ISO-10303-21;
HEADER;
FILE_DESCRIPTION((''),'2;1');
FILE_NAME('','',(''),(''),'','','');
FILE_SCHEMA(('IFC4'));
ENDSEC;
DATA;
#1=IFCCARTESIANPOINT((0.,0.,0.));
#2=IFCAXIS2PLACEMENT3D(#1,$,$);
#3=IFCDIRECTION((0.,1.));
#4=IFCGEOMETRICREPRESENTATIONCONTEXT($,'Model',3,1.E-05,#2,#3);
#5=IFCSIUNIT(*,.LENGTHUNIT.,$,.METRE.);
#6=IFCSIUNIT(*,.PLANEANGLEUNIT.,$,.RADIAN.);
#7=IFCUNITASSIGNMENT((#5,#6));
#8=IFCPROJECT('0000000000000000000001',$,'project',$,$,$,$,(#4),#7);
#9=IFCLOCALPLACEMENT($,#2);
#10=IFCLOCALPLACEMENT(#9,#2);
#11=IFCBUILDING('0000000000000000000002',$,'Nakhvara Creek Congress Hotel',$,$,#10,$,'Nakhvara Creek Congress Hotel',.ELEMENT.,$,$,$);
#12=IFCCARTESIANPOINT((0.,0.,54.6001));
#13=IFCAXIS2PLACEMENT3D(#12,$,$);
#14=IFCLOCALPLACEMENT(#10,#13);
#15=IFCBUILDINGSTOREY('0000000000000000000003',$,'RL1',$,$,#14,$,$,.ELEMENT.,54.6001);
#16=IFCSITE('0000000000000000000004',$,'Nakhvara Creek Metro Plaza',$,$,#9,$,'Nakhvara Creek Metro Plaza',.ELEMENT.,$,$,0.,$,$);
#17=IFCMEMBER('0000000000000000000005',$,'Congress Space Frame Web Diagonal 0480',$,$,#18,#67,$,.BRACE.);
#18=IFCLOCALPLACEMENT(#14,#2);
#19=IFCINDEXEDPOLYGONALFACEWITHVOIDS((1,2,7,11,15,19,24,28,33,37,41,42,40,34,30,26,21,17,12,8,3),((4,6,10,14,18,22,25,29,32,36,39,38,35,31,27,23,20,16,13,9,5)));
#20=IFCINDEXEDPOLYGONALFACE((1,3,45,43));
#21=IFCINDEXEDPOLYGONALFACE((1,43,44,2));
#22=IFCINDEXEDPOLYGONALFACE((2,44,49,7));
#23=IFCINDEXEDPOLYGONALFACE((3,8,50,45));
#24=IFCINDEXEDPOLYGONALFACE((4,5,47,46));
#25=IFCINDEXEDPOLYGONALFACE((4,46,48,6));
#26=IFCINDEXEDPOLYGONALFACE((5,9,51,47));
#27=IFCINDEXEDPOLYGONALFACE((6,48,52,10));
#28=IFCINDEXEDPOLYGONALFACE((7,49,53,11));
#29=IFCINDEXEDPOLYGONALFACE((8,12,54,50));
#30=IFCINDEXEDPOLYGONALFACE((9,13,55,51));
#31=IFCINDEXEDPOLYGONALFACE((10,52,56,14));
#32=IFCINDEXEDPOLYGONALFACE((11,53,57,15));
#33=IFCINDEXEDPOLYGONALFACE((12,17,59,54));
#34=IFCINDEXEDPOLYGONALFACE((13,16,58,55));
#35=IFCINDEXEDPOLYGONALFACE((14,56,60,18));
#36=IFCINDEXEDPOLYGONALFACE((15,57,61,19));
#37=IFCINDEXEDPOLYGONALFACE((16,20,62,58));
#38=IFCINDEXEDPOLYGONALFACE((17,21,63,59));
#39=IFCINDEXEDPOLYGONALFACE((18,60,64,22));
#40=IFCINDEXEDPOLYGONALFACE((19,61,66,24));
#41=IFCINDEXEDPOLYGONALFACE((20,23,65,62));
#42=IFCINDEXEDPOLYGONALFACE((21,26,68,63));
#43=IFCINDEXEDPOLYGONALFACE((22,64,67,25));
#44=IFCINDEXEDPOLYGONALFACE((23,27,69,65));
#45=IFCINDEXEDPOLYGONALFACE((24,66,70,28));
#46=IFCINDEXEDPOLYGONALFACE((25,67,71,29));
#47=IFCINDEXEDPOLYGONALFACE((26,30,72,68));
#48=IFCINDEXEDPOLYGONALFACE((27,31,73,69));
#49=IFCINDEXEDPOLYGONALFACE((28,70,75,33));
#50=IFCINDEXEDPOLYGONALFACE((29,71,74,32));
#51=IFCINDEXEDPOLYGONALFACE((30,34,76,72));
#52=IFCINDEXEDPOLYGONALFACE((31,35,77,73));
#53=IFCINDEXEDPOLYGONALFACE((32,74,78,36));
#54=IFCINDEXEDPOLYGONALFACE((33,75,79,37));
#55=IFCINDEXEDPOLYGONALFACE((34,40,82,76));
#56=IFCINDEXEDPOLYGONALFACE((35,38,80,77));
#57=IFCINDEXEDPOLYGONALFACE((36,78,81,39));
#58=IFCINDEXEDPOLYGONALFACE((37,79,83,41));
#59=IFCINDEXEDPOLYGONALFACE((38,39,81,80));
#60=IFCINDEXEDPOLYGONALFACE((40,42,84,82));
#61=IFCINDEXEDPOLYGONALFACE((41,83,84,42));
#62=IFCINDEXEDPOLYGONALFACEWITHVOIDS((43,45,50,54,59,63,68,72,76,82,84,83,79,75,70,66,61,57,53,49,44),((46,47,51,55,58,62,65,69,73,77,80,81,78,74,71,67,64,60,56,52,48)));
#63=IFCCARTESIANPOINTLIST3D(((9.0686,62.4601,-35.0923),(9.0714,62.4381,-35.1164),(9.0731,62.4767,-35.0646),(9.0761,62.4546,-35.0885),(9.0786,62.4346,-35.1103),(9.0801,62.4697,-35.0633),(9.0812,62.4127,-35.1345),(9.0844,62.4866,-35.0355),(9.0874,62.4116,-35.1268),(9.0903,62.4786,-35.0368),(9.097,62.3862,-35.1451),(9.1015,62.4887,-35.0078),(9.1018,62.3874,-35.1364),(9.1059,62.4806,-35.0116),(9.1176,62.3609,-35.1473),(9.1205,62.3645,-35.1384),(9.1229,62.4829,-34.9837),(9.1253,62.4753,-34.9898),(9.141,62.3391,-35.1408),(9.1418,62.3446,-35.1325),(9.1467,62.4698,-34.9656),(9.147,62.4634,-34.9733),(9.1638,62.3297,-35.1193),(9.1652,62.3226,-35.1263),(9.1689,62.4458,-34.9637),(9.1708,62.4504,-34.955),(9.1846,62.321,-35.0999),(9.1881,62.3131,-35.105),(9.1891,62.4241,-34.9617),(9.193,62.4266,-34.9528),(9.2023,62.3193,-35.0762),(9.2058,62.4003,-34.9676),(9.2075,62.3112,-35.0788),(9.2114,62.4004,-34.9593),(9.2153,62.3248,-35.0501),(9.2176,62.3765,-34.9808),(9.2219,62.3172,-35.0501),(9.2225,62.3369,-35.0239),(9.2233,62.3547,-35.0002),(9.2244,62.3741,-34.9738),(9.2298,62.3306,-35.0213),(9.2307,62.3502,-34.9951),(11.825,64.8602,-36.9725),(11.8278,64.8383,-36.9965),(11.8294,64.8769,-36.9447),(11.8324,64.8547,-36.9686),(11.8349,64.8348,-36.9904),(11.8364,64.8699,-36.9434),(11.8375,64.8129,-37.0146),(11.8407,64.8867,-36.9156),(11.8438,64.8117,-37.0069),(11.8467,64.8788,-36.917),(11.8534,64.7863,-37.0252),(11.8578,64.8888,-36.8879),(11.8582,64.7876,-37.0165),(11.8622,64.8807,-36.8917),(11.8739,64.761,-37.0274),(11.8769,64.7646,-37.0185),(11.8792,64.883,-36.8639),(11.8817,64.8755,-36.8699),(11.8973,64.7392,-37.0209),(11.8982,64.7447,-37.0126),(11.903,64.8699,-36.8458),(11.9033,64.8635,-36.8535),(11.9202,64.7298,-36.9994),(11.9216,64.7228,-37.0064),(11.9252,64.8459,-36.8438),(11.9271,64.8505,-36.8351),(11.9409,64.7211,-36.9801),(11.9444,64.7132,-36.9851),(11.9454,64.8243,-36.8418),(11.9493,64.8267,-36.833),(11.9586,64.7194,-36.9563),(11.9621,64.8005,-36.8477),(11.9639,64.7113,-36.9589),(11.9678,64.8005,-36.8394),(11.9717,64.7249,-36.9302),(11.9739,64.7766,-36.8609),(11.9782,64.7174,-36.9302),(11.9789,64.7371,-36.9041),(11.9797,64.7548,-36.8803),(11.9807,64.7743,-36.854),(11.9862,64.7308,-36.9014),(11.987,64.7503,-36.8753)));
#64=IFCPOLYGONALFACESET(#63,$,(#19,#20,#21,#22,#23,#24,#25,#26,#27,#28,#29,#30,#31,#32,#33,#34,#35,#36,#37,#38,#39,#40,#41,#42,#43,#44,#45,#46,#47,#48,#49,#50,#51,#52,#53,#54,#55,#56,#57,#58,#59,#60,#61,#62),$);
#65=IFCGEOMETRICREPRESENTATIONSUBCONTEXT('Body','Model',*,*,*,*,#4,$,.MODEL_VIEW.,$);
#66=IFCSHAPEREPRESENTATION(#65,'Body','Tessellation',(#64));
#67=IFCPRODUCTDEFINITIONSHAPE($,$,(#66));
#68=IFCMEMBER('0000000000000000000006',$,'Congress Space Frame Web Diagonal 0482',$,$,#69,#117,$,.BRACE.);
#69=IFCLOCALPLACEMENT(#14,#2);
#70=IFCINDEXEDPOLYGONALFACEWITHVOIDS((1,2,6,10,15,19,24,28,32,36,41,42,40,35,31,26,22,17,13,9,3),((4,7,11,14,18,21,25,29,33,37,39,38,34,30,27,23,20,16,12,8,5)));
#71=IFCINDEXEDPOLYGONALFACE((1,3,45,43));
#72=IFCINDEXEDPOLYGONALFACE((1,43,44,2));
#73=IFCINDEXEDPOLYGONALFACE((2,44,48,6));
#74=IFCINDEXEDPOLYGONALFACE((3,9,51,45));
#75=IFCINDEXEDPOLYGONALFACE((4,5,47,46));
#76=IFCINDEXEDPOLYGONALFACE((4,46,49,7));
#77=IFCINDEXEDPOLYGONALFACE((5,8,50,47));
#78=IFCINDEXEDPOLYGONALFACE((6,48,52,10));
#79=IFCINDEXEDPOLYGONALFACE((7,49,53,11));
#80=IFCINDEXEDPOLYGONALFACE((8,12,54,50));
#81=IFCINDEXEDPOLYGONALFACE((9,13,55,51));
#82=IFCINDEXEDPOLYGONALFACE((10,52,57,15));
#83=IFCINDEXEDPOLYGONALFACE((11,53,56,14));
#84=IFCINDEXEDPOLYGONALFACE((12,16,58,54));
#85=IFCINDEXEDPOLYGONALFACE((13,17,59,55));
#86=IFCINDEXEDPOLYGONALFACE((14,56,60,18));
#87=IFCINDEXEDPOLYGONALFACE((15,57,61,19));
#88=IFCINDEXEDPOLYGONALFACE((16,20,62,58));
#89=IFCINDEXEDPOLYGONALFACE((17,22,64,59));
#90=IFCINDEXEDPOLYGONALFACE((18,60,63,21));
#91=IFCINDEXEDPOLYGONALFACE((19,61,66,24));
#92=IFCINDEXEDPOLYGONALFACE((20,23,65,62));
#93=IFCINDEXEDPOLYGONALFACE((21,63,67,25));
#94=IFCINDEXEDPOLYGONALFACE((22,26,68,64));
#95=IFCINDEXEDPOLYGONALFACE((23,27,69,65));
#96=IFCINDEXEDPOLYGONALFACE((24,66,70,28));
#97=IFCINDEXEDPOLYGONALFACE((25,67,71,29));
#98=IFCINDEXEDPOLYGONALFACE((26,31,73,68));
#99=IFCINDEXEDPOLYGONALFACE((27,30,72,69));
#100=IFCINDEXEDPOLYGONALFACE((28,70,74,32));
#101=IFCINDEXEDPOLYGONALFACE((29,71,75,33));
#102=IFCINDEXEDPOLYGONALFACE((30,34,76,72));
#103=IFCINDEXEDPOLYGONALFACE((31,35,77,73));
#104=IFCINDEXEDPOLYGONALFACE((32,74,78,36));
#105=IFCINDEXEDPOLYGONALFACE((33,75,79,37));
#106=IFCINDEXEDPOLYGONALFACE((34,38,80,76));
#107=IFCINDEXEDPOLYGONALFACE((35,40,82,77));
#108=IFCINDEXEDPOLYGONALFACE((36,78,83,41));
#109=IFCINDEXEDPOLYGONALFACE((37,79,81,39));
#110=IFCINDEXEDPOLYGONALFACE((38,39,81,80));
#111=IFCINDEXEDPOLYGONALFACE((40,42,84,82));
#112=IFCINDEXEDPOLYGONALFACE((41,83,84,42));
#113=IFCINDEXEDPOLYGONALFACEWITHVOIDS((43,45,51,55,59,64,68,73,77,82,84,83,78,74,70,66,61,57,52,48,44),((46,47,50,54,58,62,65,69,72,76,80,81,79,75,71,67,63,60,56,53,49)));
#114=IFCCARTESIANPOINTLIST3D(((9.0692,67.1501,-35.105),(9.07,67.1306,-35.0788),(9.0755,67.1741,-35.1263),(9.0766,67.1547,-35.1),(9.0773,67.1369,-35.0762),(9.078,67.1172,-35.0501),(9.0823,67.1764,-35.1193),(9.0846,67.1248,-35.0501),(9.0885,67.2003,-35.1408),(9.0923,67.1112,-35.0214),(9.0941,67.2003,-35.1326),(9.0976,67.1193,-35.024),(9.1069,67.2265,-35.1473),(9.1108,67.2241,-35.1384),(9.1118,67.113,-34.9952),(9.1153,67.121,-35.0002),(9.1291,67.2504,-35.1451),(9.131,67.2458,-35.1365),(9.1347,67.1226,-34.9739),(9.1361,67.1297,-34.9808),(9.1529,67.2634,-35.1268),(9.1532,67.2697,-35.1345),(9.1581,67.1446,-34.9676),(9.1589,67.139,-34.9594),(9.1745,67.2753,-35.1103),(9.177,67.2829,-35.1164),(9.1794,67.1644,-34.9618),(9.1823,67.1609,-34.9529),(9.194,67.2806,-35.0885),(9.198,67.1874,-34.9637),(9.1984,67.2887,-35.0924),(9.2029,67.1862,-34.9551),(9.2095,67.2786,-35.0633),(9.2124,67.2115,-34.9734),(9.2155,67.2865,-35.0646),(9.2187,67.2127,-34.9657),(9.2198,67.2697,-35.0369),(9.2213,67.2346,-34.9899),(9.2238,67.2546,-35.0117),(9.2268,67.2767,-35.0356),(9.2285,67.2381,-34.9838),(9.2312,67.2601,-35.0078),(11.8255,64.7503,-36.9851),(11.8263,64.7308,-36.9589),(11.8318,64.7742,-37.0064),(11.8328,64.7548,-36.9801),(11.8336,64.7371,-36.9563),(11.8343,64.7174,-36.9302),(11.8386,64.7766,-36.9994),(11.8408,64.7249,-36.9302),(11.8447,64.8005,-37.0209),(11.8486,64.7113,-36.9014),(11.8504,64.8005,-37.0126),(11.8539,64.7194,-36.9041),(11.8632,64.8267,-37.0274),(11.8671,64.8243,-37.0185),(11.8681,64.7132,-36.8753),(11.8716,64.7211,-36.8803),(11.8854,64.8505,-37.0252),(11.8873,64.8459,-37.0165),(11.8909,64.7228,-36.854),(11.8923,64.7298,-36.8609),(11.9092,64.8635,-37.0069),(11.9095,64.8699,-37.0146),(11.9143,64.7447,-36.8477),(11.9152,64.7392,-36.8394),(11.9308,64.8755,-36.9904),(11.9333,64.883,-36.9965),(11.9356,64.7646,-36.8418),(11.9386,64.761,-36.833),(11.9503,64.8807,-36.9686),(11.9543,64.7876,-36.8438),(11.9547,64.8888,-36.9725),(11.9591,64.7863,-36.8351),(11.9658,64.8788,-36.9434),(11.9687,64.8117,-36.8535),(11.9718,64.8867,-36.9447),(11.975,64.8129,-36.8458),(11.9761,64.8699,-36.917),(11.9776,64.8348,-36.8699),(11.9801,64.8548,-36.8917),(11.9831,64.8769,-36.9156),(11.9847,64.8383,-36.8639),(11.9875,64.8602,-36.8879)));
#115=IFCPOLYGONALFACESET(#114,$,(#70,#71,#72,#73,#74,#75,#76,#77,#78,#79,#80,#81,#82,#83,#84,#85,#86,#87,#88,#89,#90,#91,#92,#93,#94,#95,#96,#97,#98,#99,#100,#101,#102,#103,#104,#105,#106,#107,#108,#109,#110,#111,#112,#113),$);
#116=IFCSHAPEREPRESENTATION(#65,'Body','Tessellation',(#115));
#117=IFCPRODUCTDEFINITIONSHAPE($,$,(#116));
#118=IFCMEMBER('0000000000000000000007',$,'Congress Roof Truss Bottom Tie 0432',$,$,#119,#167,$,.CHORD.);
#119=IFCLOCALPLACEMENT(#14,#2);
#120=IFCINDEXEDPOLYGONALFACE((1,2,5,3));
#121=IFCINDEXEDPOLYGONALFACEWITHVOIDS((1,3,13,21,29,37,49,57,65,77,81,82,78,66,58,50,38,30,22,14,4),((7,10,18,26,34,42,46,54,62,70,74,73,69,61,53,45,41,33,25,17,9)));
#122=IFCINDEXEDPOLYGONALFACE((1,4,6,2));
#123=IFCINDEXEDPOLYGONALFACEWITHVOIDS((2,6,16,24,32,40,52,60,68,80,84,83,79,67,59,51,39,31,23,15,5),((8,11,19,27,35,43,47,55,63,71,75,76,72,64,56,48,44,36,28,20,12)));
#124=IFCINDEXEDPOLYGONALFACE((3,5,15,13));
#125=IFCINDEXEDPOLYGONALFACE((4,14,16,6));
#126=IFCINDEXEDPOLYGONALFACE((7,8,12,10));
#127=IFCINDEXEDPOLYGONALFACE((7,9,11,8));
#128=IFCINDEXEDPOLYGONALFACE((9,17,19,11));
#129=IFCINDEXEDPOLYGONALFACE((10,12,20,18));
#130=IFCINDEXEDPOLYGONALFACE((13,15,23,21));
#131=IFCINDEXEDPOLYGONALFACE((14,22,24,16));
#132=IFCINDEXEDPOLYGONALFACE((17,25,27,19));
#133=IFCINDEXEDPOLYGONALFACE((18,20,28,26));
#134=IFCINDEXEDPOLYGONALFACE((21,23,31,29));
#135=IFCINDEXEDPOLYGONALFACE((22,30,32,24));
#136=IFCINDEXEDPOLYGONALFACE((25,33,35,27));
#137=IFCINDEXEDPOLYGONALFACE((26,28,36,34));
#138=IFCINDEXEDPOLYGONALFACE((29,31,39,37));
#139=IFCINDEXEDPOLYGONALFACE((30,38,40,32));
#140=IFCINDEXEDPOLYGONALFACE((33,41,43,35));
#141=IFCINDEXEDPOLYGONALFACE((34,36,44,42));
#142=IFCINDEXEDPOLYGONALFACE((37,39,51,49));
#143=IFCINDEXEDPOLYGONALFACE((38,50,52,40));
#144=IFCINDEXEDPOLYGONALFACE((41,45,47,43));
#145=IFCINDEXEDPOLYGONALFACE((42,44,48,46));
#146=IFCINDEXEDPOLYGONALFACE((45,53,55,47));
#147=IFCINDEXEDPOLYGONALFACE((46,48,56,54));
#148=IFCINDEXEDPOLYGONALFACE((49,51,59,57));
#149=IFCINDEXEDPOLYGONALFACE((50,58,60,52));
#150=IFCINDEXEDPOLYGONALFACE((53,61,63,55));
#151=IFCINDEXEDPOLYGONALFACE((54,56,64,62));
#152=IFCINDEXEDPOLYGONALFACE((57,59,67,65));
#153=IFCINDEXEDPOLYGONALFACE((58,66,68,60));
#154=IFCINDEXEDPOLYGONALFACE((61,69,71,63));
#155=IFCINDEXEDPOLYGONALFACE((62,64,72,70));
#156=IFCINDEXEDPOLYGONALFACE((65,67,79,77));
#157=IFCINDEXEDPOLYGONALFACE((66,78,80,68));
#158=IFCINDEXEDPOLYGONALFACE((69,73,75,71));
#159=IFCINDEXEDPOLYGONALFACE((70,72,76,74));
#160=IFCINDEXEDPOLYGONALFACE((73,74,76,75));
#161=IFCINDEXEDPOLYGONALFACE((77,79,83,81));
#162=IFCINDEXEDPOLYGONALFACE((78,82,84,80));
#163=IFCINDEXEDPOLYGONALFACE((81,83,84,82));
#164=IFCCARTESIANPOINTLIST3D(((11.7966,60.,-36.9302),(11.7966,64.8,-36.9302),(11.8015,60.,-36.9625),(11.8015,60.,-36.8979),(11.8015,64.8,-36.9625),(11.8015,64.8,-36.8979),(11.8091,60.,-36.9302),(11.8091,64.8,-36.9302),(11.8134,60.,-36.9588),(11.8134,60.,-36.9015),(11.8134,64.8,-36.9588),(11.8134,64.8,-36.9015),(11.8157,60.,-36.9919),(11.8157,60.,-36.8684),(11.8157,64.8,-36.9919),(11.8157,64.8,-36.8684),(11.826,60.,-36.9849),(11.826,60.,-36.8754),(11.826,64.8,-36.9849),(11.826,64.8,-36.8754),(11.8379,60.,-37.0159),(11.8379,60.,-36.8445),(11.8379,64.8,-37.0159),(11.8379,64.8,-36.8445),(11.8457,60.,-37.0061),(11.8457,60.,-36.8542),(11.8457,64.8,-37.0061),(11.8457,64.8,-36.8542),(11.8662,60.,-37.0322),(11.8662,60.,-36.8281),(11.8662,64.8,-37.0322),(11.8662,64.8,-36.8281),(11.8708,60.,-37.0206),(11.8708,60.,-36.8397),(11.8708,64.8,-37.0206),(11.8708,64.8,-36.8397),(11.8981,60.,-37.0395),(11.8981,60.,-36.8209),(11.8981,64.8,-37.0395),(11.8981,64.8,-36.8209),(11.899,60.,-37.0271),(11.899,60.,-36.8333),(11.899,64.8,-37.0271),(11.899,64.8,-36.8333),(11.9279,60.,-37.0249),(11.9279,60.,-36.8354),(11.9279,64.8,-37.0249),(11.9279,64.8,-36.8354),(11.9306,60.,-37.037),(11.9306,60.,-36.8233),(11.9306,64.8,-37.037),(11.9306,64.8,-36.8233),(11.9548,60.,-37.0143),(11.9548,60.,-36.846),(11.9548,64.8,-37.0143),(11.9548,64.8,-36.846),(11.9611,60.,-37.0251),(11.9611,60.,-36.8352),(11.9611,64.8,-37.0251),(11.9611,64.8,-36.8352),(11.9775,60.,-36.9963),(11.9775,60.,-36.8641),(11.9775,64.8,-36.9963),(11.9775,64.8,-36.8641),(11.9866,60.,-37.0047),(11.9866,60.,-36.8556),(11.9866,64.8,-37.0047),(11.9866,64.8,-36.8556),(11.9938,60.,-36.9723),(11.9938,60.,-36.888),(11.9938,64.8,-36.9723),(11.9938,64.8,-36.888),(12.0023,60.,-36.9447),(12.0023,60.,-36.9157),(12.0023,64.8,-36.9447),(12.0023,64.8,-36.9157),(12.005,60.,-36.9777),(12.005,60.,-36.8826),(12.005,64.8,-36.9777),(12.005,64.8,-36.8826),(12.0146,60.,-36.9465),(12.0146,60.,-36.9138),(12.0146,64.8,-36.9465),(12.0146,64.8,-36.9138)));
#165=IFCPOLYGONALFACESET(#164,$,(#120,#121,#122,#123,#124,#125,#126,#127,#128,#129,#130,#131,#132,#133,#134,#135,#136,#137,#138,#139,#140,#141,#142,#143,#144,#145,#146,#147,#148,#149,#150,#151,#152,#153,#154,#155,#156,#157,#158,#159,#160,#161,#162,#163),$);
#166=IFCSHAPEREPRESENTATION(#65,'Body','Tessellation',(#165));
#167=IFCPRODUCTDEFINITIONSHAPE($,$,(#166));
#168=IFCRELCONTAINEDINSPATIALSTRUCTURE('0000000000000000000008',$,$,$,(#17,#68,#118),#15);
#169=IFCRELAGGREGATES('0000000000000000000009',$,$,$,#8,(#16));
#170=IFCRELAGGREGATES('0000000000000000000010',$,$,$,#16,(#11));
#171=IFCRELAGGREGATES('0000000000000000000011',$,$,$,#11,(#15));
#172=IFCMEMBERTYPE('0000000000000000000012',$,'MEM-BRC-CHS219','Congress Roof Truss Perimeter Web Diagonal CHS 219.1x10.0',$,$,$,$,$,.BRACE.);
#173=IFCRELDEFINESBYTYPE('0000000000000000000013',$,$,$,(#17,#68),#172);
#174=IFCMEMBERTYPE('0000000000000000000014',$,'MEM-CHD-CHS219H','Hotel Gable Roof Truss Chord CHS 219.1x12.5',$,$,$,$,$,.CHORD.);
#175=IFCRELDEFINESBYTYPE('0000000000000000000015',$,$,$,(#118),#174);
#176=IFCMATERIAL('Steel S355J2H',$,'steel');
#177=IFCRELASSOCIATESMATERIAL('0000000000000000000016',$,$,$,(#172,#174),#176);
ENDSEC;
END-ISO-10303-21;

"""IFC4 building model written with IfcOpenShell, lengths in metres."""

from ifc_helpers import new_model, si_unit, direction, frame, origin, origin_2d, place, context, subcontext, project, spatial, hollow_circle, extrude, material, material_profile, profile_set, type_object, element, save


model = new_model("IFC4")

# Units and contexts
model_context = context("Model", 3, precision=1e-05, world=origin(), true_north=direction((0.0, 1.0)))
body_context = subcontext(model_context, "Body", "Model", "MODEL_VIEW")
ifc_project = project(units=[si_unit("LENGTHUNIT", "METRE"), si_unit("PLANEANGLEUNIT", "RADIAN")], contexts=[model_context])

# Site, building, storey
site_placement = place(None, origin())
site = spatial("IfcSite", under=ifc_project, at=site_placement, Name="Nakhvara Creek Metro Plaza", LongName="Nakhvara Creek Metro Plaza", CompositionType="ELEMENT", RefElevation=0.0)
building_placement = place(site_placement, origin())
building = spatial("IfcBuilding", under=site, at=building_placement, Name="Nakhvara Creek Congress Hotel", LongName="Nakhvara Creek Congress Hotel", CompositionType="ELEMENT")
storey_placement = place(building_placement, frame((0.0, 0.0, 54.6001)))
storey = spatial("IfcBuildingStorey", under=building, at=storey_placement, Name="RL1", CompositionType="ELEMENT", Elevation=54.6001)

# Members
ifc_material_1 = material(Name="Steel S355J2H", Category="steel")
ifc_material_profile_1 = material_profile(ifc_material_1, hollow_circle(Radius=0.1096, WallThickness=0.01, at=origin_2d()), Name="CHS 219.1x10.0", Category="LoadBearing")
ifc_profile_set_1 = profile_set([ifc_material_profile_1], Name="Steel S355J2H")
member_type_1 = type_object("IfcMemberType", Name="MEM-BRC-CHS219", Description="Congress Roof Truss Perimeter Web Diagonal CHS 219.1x10.0", PredefinedType="BRACE", material=ifc_profile_set_1)
member_1_placement = place(storey_placement, frame((11.9062, 64.8, -36.9302), z_axis=(-0.670626, -0.583961, 0.457439), x_axis=(0.656696, -0.754155, 0.0)))
element("IfcMember", 1, at=member_1_placement, inside=storey, type_object=member_type_1, Name="Congress Space Frame Web Diagonal 0480", PredefinedType="BRACE", context=body_context, shape_type="SweptSolid", body=[
    extrude(hollow_circle(Radius=0.1096, WallThickness=0.01, at=origin_2d()), origin(), (0.0, 0.0, 1.0), 4.1101),
])
member_2_placement = place(storey_placement, frame((11.9062, 64.8, -36.9302), z_axis=(-0.670649, 0.583922, 0.457455), x_axis=(-0.656658, -0.754188, 0.0)))
element("IfcMember", 2, at=member_2_placement, inside=storey, type_object=member_type_1, Name="Congress Space Frame Web Diagonal 0482", PredefinedType="BRACE", context=body_context, shape_type="SweptSolid", body=[
    extrude(hollow_circle(Radius=0.1096, WallThickness=0.01, at=origin_2d()), origin(), (0.0, 0.0, 1.0), 4.1099),
])
ifc_material_profile_2 = material_profile(ifc_material_1, hollow_circle(Radius=0.1096, WallThickness=0.0125, at=origin_2d()), Name="CHS 219.1x12.5", Category="LoadBearing")
ifc_profile_set_2 = profile_set([ifc_material_profile_2], Name="Steel S355J2H")
member_type_2 = type_object("IfcMemberType", Name="MEM-CHD-CHS219H", Description="Hotel Gable Roof Truss Chord CHS 219.1x12.5", PredefinedType="CHORD", material=ifc_profile_set_2)
for number, where, z_axis, x_axis, name in (
    (3, (11.9062, 60.0, -36.9302), (0.0, 1.0, 0.0), (-1.0, 0.0, 0.0), "Congress Roof Truss Bottom Tie 0432"),
):
    element("IfcMember", number, at=place(storey_placement, frame(where, z_axis=z_axis, x_axis=x_axis)), inside=storey, type_object=member_type_2, Name=name, PredefinedType="CHORD", context=body_context, shape_type="SweptSolid", body=[
        extrude(hollow_circle(Radius=0.1096, WallThickness=0.0125, at=origin_2d()), origin(), (0.0, 0.0, 1.0), 4.8),
    ])

save(model, "model.ifc")
